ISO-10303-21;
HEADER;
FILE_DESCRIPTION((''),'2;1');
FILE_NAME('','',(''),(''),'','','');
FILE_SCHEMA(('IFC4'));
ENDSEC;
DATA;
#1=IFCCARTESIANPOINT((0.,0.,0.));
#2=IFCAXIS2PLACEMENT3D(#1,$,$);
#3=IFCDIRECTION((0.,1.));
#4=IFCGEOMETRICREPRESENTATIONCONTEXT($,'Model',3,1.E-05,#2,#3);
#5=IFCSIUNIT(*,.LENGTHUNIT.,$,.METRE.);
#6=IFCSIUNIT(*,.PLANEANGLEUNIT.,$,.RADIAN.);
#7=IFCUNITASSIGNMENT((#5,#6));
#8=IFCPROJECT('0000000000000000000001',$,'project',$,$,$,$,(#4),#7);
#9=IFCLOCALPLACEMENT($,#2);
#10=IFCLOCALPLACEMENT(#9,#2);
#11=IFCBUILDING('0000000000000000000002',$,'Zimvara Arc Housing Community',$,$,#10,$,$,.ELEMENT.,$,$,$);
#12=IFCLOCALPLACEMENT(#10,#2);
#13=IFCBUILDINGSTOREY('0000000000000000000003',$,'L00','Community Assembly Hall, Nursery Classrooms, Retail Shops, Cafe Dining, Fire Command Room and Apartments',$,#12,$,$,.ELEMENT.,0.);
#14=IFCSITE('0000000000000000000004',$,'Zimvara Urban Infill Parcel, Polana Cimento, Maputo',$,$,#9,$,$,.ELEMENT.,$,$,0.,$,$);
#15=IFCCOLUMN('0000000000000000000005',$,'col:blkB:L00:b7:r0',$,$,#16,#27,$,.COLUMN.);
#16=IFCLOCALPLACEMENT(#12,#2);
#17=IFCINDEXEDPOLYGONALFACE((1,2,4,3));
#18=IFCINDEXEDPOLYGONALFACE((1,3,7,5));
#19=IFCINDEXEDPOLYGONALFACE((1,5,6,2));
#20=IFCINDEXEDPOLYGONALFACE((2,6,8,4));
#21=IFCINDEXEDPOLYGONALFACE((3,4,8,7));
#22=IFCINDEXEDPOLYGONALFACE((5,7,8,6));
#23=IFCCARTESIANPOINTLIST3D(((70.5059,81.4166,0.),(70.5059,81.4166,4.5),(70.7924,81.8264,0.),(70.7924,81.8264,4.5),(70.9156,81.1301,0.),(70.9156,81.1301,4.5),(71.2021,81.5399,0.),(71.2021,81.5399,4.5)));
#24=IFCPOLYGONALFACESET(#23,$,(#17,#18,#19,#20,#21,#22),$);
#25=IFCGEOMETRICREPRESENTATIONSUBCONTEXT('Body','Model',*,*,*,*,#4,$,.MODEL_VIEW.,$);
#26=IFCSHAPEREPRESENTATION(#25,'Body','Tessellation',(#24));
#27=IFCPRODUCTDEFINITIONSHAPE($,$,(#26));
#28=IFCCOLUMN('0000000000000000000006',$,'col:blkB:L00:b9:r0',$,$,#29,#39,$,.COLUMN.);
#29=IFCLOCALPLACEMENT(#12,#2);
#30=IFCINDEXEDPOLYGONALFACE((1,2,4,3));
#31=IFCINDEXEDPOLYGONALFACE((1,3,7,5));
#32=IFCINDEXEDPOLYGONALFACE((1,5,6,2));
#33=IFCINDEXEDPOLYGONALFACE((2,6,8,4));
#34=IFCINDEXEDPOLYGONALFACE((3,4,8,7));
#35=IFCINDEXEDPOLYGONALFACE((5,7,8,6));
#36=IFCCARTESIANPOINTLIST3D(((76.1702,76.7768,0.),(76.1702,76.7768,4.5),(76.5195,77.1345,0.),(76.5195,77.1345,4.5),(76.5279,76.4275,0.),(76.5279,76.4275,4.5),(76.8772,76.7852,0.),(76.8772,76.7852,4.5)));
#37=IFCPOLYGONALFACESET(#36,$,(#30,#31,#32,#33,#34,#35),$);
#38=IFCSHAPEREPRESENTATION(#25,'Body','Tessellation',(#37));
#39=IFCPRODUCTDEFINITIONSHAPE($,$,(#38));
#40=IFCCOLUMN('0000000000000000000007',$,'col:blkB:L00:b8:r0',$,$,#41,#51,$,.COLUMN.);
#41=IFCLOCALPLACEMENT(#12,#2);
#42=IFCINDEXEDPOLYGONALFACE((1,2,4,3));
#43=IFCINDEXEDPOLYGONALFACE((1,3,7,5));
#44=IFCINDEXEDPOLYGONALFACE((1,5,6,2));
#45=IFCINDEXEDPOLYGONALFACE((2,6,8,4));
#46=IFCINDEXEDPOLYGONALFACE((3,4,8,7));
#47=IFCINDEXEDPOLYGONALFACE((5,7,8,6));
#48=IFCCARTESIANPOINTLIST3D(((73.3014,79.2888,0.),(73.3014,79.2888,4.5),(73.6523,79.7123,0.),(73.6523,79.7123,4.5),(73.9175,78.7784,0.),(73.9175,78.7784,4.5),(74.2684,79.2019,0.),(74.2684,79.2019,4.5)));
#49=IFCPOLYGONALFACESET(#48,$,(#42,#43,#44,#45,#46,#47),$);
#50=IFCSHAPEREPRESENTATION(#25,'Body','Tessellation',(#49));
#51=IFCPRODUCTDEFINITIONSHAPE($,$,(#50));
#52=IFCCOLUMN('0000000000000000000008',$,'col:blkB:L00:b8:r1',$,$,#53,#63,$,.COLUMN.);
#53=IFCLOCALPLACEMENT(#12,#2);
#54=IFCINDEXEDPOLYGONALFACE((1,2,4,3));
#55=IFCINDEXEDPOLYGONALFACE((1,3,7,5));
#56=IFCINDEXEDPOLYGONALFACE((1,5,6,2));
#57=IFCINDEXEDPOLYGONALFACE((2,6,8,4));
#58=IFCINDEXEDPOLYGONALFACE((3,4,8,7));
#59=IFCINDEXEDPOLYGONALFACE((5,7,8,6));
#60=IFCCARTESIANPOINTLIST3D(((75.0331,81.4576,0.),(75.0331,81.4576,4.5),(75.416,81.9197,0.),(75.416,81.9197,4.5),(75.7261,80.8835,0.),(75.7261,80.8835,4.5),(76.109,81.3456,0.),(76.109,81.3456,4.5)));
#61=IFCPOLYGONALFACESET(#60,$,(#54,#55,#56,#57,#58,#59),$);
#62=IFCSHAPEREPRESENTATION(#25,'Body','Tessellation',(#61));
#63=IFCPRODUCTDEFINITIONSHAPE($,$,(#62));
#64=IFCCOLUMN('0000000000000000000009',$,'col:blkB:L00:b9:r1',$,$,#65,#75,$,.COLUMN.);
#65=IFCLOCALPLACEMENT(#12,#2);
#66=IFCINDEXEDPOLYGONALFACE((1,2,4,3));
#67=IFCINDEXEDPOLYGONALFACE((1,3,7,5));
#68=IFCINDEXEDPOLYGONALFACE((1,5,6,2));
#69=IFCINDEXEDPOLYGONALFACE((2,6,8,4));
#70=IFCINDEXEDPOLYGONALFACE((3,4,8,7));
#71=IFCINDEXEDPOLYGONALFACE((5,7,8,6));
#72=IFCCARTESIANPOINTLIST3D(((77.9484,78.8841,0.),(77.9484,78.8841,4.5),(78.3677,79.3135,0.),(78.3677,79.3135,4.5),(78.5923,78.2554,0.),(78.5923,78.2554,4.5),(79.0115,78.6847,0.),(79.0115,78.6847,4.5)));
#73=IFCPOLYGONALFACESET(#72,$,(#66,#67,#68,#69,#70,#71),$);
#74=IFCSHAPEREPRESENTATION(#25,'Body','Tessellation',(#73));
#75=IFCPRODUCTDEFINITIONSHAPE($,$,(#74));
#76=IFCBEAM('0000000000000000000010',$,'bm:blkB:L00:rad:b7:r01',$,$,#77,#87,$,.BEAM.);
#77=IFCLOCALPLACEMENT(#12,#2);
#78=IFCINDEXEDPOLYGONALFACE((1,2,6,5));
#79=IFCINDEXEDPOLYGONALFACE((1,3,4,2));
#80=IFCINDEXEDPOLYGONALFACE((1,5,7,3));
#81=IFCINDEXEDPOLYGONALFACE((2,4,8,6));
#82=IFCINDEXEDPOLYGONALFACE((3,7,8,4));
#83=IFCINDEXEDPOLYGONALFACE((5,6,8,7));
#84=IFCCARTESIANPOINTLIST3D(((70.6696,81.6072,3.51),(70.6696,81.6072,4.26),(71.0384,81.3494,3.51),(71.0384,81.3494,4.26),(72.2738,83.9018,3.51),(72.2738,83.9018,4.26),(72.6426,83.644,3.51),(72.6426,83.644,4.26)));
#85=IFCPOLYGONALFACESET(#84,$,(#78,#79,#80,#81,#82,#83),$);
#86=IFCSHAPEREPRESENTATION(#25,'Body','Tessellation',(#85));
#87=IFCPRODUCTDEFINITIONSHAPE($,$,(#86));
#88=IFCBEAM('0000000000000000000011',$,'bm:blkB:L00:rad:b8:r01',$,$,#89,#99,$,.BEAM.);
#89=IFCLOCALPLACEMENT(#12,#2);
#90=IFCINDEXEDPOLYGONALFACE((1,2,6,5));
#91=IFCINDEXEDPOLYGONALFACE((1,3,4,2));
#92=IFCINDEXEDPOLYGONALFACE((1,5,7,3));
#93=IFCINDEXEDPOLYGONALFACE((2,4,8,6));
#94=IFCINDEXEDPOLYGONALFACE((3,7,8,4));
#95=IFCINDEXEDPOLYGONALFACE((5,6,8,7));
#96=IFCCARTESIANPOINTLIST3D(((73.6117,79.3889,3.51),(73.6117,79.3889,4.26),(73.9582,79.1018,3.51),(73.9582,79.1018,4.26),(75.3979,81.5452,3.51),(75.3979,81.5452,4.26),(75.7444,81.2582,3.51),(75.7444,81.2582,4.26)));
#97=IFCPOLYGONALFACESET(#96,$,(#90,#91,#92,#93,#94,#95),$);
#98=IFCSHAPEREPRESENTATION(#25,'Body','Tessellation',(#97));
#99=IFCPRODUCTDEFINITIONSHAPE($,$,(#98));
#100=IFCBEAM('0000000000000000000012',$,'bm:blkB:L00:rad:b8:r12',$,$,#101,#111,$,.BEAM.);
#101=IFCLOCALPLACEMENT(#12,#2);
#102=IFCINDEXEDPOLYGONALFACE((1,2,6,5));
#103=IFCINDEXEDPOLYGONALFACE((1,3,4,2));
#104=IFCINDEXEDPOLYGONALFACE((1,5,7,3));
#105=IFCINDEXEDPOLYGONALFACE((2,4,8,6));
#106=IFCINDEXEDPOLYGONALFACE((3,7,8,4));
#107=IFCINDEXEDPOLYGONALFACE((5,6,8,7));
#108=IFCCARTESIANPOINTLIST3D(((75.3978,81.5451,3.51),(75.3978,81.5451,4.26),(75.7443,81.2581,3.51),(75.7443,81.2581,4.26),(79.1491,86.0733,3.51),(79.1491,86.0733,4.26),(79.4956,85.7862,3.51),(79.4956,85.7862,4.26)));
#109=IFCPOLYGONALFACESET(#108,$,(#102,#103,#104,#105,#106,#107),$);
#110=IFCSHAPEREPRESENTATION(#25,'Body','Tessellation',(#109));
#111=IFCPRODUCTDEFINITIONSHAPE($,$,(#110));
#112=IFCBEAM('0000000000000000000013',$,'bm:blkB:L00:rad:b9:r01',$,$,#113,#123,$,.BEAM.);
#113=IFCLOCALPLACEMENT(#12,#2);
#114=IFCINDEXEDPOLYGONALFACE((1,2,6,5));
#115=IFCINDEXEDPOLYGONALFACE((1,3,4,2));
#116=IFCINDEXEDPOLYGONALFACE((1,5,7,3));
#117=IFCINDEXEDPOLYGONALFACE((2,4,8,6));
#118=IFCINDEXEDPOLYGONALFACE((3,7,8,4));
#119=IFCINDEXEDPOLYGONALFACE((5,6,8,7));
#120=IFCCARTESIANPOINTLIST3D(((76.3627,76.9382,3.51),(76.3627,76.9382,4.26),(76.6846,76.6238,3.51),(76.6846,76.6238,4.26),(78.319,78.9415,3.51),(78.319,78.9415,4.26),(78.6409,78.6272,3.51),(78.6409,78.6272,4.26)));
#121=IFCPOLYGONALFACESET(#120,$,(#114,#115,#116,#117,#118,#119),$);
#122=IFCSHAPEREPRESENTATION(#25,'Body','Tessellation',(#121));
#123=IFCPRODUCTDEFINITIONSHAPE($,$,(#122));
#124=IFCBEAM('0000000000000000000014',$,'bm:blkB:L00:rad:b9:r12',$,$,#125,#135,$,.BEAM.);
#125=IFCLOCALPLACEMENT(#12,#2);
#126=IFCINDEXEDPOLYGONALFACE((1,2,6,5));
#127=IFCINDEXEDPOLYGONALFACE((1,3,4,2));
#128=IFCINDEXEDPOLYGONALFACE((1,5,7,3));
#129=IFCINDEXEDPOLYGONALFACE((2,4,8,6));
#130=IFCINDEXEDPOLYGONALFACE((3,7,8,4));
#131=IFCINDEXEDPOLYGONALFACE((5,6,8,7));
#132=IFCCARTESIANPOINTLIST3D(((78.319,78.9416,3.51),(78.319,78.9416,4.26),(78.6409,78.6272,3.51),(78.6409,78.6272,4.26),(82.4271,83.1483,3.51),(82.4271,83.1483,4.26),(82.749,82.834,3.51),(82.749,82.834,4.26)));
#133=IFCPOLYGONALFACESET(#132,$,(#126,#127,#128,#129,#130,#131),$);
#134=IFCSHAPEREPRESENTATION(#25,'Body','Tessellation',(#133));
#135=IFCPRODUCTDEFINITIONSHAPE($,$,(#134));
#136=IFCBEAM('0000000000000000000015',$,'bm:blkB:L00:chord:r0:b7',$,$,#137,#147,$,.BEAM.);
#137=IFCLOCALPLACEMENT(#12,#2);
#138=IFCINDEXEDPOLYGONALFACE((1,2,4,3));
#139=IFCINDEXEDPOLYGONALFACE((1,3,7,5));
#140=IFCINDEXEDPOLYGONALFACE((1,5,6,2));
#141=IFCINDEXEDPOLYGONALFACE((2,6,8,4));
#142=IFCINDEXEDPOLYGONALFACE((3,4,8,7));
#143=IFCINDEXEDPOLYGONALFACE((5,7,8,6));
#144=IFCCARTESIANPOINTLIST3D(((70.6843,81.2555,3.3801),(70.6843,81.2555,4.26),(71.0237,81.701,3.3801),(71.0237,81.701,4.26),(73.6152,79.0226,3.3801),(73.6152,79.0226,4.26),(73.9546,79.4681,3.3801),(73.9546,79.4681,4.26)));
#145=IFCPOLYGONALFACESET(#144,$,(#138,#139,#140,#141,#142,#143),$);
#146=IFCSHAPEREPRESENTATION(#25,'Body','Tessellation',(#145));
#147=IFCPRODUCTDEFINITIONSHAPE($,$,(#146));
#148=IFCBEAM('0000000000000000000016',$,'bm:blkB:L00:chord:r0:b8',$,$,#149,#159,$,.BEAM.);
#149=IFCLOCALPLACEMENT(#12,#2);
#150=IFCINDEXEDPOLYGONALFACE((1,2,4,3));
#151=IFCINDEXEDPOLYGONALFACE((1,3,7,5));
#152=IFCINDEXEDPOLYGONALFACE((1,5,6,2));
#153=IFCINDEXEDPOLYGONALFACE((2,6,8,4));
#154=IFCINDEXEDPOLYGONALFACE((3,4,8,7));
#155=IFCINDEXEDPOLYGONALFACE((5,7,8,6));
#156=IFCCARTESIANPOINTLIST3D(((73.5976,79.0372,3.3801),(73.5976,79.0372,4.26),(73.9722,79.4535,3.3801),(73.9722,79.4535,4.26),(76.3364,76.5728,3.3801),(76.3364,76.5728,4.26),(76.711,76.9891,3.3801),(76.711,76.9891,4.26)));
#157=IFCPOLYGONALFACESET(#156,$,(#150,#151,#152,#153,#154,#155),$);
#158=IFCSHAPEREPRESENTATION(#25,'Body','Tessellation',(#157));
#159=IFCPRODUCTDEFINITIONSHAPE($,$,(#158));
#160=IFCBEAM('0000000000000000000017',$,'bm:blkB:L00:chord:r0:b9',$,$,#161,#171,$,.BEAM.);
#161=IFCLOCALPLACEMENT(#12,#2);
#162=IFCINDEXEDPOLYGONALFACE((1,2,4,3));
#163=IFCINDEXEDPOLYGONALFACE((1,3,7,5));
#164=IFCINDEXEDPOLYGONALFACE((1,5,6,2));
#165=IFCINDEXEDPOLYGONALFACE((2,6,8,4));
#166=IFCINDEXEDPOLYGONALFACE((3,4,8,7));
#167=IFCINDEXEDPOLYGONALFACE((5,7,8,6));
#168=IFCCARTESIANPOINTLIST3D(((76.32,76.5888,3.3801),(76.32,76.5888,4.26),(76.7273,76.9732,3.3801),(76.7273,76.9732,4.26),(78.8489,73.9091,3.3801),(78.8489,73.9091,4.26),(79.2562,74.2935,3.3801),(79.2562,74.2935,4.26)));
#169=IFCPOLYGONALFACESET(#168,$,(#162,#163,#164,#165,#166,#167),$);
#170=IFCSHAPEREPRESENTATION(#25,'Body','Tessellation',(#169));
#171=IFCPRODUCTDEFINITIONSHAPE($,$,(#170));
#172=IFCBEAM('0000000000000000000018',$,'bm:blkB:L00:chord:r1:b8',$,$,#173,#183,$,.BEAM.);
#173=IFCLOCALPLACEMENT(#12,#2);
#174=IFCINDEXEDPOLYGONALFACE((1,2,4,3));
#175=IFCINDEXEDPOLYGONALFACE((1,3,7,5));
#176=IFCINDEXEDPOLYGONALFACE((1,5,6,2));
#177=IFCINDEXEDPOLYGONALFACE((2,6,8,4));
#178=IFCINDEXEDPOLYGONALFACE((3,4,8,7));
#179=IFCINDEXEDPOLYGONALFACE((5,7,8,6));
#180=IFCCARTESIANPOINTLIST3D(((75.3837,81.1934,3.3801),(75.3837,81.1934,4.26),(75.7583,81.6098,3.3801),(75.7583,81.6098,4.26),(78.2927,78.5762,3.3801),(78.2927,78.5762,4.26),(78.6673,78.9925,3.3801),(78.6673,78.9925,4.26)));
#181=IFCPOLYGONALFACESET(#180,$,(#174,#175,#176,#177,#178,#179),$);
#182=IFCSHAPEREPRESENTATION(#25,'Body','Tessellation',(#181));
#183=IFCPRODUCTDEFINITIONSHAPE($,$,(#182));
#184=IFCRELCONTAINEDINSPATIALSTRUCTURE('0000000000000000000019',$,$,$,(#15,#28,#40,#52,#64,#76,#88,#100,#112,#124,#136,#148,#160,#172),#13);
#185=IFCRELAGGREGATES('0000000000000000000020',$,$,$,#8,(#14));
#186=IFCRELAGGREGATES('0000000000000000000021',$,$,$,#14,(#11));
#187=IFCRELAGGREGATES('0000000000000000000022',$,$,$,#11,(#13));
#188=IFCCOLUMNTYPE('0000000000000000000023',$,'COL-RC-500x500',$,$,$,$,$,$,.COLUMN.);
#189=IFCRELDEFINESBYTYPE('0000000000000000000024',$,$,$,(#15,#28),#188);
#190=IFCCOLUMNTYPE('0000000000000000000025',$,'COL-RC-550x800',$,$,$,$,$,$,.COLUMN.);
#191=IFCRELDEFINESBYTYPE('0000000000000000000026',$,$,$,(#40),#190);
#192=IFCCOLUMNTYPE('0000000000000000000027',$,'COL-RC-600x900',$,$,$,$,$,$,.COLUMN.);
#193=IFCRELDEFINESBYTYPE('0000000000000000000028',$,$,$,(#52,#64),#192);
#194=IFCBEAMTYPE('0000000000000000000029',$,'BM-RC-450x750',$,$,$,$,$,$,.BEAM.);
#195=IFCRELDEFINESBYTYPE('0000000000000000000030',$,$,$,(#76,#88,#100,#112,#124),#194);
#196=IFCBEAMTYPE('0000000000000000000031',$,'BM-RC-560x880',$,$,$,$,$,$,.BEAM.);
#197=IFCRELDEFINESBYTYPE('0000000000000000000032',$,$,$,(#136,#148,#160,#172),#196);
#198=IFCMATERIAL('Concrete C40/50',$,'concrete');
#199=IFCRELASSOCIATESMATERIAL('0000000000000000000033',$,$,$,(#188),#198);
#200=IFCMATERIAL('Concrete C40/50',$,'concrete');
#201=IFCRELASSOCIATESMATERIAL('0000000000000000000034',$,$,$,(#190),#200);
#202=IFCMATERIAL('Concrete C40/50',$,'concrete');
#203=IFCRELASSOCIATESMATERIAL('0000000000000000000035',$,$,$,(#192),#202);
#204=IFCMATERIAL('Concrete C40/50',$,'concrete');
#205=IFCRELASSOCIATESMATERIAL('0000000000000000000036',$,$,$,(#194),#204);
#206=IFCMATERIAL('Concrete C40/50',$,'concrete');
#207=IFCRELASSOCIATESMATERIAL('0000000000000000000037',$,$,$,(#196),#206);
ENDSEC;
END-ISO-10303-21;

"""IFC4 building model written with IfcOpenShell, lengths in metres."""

from ifc_helpers import new_model, si_unit, direction, frame, origin, origin_2d, place, context, subcontext, project, spatial, rectangle, extrude, material, material_profile, profile_set, type_object, element, save


model = new_model("IFC4")

# Units and contexts
model_context = context("Model", 3, precision=1e-05, world=origin(), true_north=direction((0.0, 1.0)))
body_context = subcontext(model_context, "Body", "Model", "MODEL_VIEW")
ifc_project = project(units=[si_unit("LENGTHUNIT", "METRE"), si_unit("PLANEANGLEUNIT", "RADIAN")], contexts=[model_context])

# Site, building, storey
site_placement = place(None, origin())
site = spatial("IfcSite", under=ifc_project, at=site_placement, Name="Zimvara Urban Infill Parcel, Polana Cimento, Maputo", CompositionType="ELEMENT", RefElevation=0.0)
building_placement = place(site_placement, origin())
building = spatial("IfcBuilding", under=site, at=building_placement, Name="Zimvara Arc Housing Community", CompositionType="ELEMENT")
storey_placement = place(building_placement, origin())
storey = spatial("IfcBuildingStorey", under=building, at=storey_placement, Name="L00", Description="Community Assembly Hall, Nursery Classrooms, Retail Shops, Cafe Dining, Fire Command Room and Apartments", CompositionType="ELEMENT", Elevation=0.0)

# Columns
ifc_material_1 = material(Name="Concrete C40/50", Category="concrete")
ifc_material_profile_1 = material_profile(ifc_material_1, rectangle(XDim=0.5, YDim=0.5, at=origin_2d()), Name="RC 500x500")
ifc_profile_set_1 = profile_set([ifc_material_profile_1], Name="Concrete C40/50")
column_type_1 = type_object("IfcColumnType", Name="COL-RC-500x500", PredefinedType="COLUMN", material=ifc_profile_set_1)
for number, where, z_axis, x_axis, name in (
    (1, (70.854, 81.4783, 0.0), (0.0, 0.0, 1.0), (0.573004, 0.819552, 0.0), "col:blkB:L00:b7:r0"),
    (2, (76.5237, 76.781, 0.0), (0.0, 0.0, 1.0), (0.698665, 0.715449, 0.0), "col:blkB:L00:b9:r0"),
):
    element("IfcColumn", number, at=place(storey_placement, frame(where, z_axis=z_axis, x_axis=x_axis)), inside=storey, type_object=column_type_1, Name=name, PredefinedType="COLUMN", context=body_context, shape_type="SweptSolid", body=[
        extrude(rectangle(XDim=0.5, YDim=0.5, at=origin_2d()), origin(), (0.0, 0.0, 1.0), 4.5),
    ])
ifc_material_2 = material(Name="Concrete C40/50", Category="concrete")
ifc_material_profile_2 = material_profile(ifc_material_2, rectangle(XDim=0.55, YDim=0.8, at=origin_2d()), Name="RC 550x800")
ifc_profile_set_2 = profile_set([ifc_material_profile_2], Name="Concrete C40/50")
column_type_2 = type_object("IfcColumnType", Name="COL-RC-550x800", PredefinedType="COLUMN", material=ifc_profile_set_2)
column_placement = place(storey_placement, frame((73.7849, 79.2454, 0.0), z_axis=(0.0, 0.0, 1.0), x_axis=(0.637962, 0.770068, 0.0)))
element("IfcColumn", 3, at=column_placement, inside=storey, type_object=column_type_2, Name="col:blkB:L00:b8:r0", PredefinedType="COLUMN", context=body_context, shape_type="SweptSolid", body=[
    extrude(rectangle(XDim=0.55, YDim=0.8, at=origin_2d()), origin(), (0.0, 0.0, 1.0), 4.5),
])
ifc_material_3 = material(Name="Concrete C40/50", Category="concrete")
ifc_material_profile_3 = material_profile(ifc_material_3, rectangle(XDim=0.6001, YDim=0.8999, at=origin_2d()), Name="RC 600x900")
ifc_profile_set_3 = profile_set([ifc_material_profile_3], Name="Concrete C40/50")
column_type_3 = type_object("IfcColumnType", Name="COL-RC-600x900", PredefinedType="COLUMN", material=ifc_profile_set_3)
for number, where, z_axis, x_axis, name in (
    (4, (75.571, 81.4016, 0.0), (0.0, 0.0, 1.0), (0.637962, 0.770068, 0.0), "col:blkB:L00:b8:r1"),
    (5, (78.48, 78.7844, 0.0), (0.0, 0.0, 1.0), (0.698665, 0.715449, 0.0), "col:blkB:L00:b9:r1"),
):
    element("IfcColumn", number, at=place(storey_placement, frame(where, z_axis=z_axis, x_axis=x_axis)), inside=storey, type_object=column_type_3, Name=name, PredefinedType="COLUMN", context=body_context, shape_type="SweptSolid", body=[
        extrude(rectangle(XDim=0.6001, YDim=0.8999, at=origin_2d()), origin(), (0.0, 0.0, 1.0), 4.5),
    ])

# Beams
ifc_material_4 = material(Name="Concrete C40/50", Category="concrete")
ifc_material_profile_4 = material_profile(ifc_material_4, rectangle(XDim=0.45, YDim=0.75, at=origin_2d()), Name="RC 450x750")
ifc_profile_set_4 = profile_set([ifc_material_profile_4], Name="Concrete C40/50")
beam_type_1 = type_object("IfcBeamType", Name="BM-RC-450x750", PredefinedType="BEAM", material=ifc_profile_set_4)
beam_1_placement = place(storey_placement, frame((70.854, 81.4783, 3.885), z_axis=(0.572977, 0.819572, 0.0), x_axis=(-0.819572, 0.572977, 0.0)))
element("IfcBeam", 6, at=beam_1_placement, inside=storey, type_object=beam_type_1, Name="bm:blkB:L00:rad:b7:r01", PredefinedType="BEAM", context=body_context, shape_type="SweptSolid", body=[
    extrude(rectangle(XDim=0.45, YDim=0.75, at=origin_2d()), origin(), (0.0, 0.0, 1.0), 2.7998),
])
beam_2_placement = place(storey_placement, frame((73.7849, 79.2454, 3.885), z_axis=(0.637917, 0.770105, 0.0), x_axis=(-0.770105, 0.637917, 0.0)))
element("IfcBeam", 7, at=beam_2_placement, inside=storey, type_object=beam_type_1, Name="bm:blkB:L00:rad:b8:r01", PredefinedType="BEAM", context=body_context, shape_type="SweptSolid", body=[
    extrude(rectangle(XDim=0.45, YDim=0.75, at=origin_2d()), origin(), (0.0, 0.0, 1.0), 2.8),
])
beam_3_placement = place(storey_placement, frame((75.571, 81.4016, 3.885), z_axis=(0.637956, 0.770073, 0.0), x_axis=(-0.770073, 0.637956, 0.0)))
element("IfcBeam", 8, at=beam_3_placement, inside=storey, type_object=beam_type_1, Name="bm:blkB:L00:rad:b8:r12", PredefinedType="BEAM", context=body_context, shape_type="SweptSolid", body=[
    extrude(rectangle(XDim=0.45, YDim=0.75, at=origin_2d()), origin(), (0.0, 0.0, 1.0), 5.8801),
])
beam_4_placement = place(storey_placement, frame((76.5237, 76.781, 3.885), z_axis=(0.698643, 0.71547, 0.0), x_axis=(-0.71547, 0.698643, 0.0)))
element("IfcBeam", 9, at=beam_4_placement, inside=storey, type_object=beam_type_1, Name="bm:blkB:L00:rad:b9:r01", PredefinedType="BEAM", context=body_context, shape_type="SweptSolid", body=[
    extrude(rectangle(XDim=0.45, YDim=0.75, at=origin_2d()), origin(), (0.0, 0.0, 1.0), 2.8),
])
beam_5_placement = place(storey_placement, frame((78.48, 78.7844, 3.885), z_axis=(0.69867, 0.715444, 0.0), x_axis=(-0.715444, 0.69867, 0.0)))
element("IfcBeam", 10, at=beam_5_placement, inside=storey, type_object=beam_type_1, Name="bm:blkB:L00:rad:b9:r12", PredefinedType="BEAM", context=body_context, shape_type="SweptSolid", body=[
    extrude(rectangle(XDim=0.45, YDim=0.75, at=origin_2d()), origin(), (0.0, 0.0, 1.0), 5.8799),
])
ifc_material_5 = material(Name="Concrete C40/50", Category="concrete")
ifc_material_profile_5 = material_profile(ifc_material_5, rectangle(XDim=0.5601, YDim=0.8799, at=origin_2d()), Name="RC 560x880")
ifc_profile_set_5 = profile_set([ifc_material_profile_5], Name="Concrete C40/50")
beam_type_2 = type_object("IfcBeamType", Name="BM-RC-560x880", PredefinedType="BEAM", material=ifc_profile_set_5)
beam_6_placement = place(storey_placement, frame((70.854, 81.4783, 3.8201), z_axis=(0.795453, -0.606015, 0.0), x_axis=(0.606015, 0.795453, 0.0)))
element("IfcBeam", 11, at=beam_6_placement, inside=storey, type_object=beam_type_2, Name="bm:blkB:L00:chord:r0:b7", PredefinedType="BEAM", context=body_context, shape_type="SweptSolid", body=[
    extrude(rectangle(XDim=0.5601, YDim=0.8799, at=origin_2d()), origin(), (0.0, 0.0, 1.0), 3.6846),
])
beam_7_placement = place(storey_placement, frame((73.7849, 79.2454, 3.8201), z_axis=(0.743367, -0.668884, 0.0), x_axis=(0.668884, 0.743367, 0.0)))
element("IfcBeam", 12, at=beam_7_placement, inside=storey, type_object=beam_type_2, Name="bm:blkB:L00:chord:r0:b8", PredefinedType="BEAM", context=body_context, shape_type="SweptSolid", body=[
    extrude(rectangle(XDim=0.5601, YDim=0.8799, at=origin_2d()), origin(), (0.0, 0.0, 1.0), 3.6843),
])
beam_8_placement = place(storey_placement, frame((76.5237, 76.781, 3.8201), z_axis=(0.686336, -0.727285, 0.0), x_axis=(0.727285, 0.686336, 0.0)))
element("IfcBeam", 13, at=beam_8_placement, inside=storey, type_object=beam_type_2, Name="bm:blkB:L00:chord:r0:b9", PredefinedType="BEAM", context=body_context, shape_type="SweptSolid", body=[
    extrude(rectangle(XDim=0.5601, YDim=0.8799, at=origin_2d()), origin(), (0.0, 0.0, 1.0), 3.6846),
])
beam_9_placement = place(storey_placement, frame((75.571, 81.4016, 3.8201), z_axis=(0.743403, -0.668844, 0.0), x_axis=(0.668844, 0.743403, 0.0)))
element("IfcBeam", 14, at=beam_9_placement, inside=storey, type_object=beam_type_2, Name="bm:blkB:L00:chord:r1:b8", PredefinedType="BEAM", context=body_context, shape_type="SweptSolid", body=[
    extrude(rectangle(XDim=0.5601, YDim=0.8799, at=origin_2d()), origin(), (0.0, 0.0, 1.0), 3.9131),
])

save(model, "model.ifc")
